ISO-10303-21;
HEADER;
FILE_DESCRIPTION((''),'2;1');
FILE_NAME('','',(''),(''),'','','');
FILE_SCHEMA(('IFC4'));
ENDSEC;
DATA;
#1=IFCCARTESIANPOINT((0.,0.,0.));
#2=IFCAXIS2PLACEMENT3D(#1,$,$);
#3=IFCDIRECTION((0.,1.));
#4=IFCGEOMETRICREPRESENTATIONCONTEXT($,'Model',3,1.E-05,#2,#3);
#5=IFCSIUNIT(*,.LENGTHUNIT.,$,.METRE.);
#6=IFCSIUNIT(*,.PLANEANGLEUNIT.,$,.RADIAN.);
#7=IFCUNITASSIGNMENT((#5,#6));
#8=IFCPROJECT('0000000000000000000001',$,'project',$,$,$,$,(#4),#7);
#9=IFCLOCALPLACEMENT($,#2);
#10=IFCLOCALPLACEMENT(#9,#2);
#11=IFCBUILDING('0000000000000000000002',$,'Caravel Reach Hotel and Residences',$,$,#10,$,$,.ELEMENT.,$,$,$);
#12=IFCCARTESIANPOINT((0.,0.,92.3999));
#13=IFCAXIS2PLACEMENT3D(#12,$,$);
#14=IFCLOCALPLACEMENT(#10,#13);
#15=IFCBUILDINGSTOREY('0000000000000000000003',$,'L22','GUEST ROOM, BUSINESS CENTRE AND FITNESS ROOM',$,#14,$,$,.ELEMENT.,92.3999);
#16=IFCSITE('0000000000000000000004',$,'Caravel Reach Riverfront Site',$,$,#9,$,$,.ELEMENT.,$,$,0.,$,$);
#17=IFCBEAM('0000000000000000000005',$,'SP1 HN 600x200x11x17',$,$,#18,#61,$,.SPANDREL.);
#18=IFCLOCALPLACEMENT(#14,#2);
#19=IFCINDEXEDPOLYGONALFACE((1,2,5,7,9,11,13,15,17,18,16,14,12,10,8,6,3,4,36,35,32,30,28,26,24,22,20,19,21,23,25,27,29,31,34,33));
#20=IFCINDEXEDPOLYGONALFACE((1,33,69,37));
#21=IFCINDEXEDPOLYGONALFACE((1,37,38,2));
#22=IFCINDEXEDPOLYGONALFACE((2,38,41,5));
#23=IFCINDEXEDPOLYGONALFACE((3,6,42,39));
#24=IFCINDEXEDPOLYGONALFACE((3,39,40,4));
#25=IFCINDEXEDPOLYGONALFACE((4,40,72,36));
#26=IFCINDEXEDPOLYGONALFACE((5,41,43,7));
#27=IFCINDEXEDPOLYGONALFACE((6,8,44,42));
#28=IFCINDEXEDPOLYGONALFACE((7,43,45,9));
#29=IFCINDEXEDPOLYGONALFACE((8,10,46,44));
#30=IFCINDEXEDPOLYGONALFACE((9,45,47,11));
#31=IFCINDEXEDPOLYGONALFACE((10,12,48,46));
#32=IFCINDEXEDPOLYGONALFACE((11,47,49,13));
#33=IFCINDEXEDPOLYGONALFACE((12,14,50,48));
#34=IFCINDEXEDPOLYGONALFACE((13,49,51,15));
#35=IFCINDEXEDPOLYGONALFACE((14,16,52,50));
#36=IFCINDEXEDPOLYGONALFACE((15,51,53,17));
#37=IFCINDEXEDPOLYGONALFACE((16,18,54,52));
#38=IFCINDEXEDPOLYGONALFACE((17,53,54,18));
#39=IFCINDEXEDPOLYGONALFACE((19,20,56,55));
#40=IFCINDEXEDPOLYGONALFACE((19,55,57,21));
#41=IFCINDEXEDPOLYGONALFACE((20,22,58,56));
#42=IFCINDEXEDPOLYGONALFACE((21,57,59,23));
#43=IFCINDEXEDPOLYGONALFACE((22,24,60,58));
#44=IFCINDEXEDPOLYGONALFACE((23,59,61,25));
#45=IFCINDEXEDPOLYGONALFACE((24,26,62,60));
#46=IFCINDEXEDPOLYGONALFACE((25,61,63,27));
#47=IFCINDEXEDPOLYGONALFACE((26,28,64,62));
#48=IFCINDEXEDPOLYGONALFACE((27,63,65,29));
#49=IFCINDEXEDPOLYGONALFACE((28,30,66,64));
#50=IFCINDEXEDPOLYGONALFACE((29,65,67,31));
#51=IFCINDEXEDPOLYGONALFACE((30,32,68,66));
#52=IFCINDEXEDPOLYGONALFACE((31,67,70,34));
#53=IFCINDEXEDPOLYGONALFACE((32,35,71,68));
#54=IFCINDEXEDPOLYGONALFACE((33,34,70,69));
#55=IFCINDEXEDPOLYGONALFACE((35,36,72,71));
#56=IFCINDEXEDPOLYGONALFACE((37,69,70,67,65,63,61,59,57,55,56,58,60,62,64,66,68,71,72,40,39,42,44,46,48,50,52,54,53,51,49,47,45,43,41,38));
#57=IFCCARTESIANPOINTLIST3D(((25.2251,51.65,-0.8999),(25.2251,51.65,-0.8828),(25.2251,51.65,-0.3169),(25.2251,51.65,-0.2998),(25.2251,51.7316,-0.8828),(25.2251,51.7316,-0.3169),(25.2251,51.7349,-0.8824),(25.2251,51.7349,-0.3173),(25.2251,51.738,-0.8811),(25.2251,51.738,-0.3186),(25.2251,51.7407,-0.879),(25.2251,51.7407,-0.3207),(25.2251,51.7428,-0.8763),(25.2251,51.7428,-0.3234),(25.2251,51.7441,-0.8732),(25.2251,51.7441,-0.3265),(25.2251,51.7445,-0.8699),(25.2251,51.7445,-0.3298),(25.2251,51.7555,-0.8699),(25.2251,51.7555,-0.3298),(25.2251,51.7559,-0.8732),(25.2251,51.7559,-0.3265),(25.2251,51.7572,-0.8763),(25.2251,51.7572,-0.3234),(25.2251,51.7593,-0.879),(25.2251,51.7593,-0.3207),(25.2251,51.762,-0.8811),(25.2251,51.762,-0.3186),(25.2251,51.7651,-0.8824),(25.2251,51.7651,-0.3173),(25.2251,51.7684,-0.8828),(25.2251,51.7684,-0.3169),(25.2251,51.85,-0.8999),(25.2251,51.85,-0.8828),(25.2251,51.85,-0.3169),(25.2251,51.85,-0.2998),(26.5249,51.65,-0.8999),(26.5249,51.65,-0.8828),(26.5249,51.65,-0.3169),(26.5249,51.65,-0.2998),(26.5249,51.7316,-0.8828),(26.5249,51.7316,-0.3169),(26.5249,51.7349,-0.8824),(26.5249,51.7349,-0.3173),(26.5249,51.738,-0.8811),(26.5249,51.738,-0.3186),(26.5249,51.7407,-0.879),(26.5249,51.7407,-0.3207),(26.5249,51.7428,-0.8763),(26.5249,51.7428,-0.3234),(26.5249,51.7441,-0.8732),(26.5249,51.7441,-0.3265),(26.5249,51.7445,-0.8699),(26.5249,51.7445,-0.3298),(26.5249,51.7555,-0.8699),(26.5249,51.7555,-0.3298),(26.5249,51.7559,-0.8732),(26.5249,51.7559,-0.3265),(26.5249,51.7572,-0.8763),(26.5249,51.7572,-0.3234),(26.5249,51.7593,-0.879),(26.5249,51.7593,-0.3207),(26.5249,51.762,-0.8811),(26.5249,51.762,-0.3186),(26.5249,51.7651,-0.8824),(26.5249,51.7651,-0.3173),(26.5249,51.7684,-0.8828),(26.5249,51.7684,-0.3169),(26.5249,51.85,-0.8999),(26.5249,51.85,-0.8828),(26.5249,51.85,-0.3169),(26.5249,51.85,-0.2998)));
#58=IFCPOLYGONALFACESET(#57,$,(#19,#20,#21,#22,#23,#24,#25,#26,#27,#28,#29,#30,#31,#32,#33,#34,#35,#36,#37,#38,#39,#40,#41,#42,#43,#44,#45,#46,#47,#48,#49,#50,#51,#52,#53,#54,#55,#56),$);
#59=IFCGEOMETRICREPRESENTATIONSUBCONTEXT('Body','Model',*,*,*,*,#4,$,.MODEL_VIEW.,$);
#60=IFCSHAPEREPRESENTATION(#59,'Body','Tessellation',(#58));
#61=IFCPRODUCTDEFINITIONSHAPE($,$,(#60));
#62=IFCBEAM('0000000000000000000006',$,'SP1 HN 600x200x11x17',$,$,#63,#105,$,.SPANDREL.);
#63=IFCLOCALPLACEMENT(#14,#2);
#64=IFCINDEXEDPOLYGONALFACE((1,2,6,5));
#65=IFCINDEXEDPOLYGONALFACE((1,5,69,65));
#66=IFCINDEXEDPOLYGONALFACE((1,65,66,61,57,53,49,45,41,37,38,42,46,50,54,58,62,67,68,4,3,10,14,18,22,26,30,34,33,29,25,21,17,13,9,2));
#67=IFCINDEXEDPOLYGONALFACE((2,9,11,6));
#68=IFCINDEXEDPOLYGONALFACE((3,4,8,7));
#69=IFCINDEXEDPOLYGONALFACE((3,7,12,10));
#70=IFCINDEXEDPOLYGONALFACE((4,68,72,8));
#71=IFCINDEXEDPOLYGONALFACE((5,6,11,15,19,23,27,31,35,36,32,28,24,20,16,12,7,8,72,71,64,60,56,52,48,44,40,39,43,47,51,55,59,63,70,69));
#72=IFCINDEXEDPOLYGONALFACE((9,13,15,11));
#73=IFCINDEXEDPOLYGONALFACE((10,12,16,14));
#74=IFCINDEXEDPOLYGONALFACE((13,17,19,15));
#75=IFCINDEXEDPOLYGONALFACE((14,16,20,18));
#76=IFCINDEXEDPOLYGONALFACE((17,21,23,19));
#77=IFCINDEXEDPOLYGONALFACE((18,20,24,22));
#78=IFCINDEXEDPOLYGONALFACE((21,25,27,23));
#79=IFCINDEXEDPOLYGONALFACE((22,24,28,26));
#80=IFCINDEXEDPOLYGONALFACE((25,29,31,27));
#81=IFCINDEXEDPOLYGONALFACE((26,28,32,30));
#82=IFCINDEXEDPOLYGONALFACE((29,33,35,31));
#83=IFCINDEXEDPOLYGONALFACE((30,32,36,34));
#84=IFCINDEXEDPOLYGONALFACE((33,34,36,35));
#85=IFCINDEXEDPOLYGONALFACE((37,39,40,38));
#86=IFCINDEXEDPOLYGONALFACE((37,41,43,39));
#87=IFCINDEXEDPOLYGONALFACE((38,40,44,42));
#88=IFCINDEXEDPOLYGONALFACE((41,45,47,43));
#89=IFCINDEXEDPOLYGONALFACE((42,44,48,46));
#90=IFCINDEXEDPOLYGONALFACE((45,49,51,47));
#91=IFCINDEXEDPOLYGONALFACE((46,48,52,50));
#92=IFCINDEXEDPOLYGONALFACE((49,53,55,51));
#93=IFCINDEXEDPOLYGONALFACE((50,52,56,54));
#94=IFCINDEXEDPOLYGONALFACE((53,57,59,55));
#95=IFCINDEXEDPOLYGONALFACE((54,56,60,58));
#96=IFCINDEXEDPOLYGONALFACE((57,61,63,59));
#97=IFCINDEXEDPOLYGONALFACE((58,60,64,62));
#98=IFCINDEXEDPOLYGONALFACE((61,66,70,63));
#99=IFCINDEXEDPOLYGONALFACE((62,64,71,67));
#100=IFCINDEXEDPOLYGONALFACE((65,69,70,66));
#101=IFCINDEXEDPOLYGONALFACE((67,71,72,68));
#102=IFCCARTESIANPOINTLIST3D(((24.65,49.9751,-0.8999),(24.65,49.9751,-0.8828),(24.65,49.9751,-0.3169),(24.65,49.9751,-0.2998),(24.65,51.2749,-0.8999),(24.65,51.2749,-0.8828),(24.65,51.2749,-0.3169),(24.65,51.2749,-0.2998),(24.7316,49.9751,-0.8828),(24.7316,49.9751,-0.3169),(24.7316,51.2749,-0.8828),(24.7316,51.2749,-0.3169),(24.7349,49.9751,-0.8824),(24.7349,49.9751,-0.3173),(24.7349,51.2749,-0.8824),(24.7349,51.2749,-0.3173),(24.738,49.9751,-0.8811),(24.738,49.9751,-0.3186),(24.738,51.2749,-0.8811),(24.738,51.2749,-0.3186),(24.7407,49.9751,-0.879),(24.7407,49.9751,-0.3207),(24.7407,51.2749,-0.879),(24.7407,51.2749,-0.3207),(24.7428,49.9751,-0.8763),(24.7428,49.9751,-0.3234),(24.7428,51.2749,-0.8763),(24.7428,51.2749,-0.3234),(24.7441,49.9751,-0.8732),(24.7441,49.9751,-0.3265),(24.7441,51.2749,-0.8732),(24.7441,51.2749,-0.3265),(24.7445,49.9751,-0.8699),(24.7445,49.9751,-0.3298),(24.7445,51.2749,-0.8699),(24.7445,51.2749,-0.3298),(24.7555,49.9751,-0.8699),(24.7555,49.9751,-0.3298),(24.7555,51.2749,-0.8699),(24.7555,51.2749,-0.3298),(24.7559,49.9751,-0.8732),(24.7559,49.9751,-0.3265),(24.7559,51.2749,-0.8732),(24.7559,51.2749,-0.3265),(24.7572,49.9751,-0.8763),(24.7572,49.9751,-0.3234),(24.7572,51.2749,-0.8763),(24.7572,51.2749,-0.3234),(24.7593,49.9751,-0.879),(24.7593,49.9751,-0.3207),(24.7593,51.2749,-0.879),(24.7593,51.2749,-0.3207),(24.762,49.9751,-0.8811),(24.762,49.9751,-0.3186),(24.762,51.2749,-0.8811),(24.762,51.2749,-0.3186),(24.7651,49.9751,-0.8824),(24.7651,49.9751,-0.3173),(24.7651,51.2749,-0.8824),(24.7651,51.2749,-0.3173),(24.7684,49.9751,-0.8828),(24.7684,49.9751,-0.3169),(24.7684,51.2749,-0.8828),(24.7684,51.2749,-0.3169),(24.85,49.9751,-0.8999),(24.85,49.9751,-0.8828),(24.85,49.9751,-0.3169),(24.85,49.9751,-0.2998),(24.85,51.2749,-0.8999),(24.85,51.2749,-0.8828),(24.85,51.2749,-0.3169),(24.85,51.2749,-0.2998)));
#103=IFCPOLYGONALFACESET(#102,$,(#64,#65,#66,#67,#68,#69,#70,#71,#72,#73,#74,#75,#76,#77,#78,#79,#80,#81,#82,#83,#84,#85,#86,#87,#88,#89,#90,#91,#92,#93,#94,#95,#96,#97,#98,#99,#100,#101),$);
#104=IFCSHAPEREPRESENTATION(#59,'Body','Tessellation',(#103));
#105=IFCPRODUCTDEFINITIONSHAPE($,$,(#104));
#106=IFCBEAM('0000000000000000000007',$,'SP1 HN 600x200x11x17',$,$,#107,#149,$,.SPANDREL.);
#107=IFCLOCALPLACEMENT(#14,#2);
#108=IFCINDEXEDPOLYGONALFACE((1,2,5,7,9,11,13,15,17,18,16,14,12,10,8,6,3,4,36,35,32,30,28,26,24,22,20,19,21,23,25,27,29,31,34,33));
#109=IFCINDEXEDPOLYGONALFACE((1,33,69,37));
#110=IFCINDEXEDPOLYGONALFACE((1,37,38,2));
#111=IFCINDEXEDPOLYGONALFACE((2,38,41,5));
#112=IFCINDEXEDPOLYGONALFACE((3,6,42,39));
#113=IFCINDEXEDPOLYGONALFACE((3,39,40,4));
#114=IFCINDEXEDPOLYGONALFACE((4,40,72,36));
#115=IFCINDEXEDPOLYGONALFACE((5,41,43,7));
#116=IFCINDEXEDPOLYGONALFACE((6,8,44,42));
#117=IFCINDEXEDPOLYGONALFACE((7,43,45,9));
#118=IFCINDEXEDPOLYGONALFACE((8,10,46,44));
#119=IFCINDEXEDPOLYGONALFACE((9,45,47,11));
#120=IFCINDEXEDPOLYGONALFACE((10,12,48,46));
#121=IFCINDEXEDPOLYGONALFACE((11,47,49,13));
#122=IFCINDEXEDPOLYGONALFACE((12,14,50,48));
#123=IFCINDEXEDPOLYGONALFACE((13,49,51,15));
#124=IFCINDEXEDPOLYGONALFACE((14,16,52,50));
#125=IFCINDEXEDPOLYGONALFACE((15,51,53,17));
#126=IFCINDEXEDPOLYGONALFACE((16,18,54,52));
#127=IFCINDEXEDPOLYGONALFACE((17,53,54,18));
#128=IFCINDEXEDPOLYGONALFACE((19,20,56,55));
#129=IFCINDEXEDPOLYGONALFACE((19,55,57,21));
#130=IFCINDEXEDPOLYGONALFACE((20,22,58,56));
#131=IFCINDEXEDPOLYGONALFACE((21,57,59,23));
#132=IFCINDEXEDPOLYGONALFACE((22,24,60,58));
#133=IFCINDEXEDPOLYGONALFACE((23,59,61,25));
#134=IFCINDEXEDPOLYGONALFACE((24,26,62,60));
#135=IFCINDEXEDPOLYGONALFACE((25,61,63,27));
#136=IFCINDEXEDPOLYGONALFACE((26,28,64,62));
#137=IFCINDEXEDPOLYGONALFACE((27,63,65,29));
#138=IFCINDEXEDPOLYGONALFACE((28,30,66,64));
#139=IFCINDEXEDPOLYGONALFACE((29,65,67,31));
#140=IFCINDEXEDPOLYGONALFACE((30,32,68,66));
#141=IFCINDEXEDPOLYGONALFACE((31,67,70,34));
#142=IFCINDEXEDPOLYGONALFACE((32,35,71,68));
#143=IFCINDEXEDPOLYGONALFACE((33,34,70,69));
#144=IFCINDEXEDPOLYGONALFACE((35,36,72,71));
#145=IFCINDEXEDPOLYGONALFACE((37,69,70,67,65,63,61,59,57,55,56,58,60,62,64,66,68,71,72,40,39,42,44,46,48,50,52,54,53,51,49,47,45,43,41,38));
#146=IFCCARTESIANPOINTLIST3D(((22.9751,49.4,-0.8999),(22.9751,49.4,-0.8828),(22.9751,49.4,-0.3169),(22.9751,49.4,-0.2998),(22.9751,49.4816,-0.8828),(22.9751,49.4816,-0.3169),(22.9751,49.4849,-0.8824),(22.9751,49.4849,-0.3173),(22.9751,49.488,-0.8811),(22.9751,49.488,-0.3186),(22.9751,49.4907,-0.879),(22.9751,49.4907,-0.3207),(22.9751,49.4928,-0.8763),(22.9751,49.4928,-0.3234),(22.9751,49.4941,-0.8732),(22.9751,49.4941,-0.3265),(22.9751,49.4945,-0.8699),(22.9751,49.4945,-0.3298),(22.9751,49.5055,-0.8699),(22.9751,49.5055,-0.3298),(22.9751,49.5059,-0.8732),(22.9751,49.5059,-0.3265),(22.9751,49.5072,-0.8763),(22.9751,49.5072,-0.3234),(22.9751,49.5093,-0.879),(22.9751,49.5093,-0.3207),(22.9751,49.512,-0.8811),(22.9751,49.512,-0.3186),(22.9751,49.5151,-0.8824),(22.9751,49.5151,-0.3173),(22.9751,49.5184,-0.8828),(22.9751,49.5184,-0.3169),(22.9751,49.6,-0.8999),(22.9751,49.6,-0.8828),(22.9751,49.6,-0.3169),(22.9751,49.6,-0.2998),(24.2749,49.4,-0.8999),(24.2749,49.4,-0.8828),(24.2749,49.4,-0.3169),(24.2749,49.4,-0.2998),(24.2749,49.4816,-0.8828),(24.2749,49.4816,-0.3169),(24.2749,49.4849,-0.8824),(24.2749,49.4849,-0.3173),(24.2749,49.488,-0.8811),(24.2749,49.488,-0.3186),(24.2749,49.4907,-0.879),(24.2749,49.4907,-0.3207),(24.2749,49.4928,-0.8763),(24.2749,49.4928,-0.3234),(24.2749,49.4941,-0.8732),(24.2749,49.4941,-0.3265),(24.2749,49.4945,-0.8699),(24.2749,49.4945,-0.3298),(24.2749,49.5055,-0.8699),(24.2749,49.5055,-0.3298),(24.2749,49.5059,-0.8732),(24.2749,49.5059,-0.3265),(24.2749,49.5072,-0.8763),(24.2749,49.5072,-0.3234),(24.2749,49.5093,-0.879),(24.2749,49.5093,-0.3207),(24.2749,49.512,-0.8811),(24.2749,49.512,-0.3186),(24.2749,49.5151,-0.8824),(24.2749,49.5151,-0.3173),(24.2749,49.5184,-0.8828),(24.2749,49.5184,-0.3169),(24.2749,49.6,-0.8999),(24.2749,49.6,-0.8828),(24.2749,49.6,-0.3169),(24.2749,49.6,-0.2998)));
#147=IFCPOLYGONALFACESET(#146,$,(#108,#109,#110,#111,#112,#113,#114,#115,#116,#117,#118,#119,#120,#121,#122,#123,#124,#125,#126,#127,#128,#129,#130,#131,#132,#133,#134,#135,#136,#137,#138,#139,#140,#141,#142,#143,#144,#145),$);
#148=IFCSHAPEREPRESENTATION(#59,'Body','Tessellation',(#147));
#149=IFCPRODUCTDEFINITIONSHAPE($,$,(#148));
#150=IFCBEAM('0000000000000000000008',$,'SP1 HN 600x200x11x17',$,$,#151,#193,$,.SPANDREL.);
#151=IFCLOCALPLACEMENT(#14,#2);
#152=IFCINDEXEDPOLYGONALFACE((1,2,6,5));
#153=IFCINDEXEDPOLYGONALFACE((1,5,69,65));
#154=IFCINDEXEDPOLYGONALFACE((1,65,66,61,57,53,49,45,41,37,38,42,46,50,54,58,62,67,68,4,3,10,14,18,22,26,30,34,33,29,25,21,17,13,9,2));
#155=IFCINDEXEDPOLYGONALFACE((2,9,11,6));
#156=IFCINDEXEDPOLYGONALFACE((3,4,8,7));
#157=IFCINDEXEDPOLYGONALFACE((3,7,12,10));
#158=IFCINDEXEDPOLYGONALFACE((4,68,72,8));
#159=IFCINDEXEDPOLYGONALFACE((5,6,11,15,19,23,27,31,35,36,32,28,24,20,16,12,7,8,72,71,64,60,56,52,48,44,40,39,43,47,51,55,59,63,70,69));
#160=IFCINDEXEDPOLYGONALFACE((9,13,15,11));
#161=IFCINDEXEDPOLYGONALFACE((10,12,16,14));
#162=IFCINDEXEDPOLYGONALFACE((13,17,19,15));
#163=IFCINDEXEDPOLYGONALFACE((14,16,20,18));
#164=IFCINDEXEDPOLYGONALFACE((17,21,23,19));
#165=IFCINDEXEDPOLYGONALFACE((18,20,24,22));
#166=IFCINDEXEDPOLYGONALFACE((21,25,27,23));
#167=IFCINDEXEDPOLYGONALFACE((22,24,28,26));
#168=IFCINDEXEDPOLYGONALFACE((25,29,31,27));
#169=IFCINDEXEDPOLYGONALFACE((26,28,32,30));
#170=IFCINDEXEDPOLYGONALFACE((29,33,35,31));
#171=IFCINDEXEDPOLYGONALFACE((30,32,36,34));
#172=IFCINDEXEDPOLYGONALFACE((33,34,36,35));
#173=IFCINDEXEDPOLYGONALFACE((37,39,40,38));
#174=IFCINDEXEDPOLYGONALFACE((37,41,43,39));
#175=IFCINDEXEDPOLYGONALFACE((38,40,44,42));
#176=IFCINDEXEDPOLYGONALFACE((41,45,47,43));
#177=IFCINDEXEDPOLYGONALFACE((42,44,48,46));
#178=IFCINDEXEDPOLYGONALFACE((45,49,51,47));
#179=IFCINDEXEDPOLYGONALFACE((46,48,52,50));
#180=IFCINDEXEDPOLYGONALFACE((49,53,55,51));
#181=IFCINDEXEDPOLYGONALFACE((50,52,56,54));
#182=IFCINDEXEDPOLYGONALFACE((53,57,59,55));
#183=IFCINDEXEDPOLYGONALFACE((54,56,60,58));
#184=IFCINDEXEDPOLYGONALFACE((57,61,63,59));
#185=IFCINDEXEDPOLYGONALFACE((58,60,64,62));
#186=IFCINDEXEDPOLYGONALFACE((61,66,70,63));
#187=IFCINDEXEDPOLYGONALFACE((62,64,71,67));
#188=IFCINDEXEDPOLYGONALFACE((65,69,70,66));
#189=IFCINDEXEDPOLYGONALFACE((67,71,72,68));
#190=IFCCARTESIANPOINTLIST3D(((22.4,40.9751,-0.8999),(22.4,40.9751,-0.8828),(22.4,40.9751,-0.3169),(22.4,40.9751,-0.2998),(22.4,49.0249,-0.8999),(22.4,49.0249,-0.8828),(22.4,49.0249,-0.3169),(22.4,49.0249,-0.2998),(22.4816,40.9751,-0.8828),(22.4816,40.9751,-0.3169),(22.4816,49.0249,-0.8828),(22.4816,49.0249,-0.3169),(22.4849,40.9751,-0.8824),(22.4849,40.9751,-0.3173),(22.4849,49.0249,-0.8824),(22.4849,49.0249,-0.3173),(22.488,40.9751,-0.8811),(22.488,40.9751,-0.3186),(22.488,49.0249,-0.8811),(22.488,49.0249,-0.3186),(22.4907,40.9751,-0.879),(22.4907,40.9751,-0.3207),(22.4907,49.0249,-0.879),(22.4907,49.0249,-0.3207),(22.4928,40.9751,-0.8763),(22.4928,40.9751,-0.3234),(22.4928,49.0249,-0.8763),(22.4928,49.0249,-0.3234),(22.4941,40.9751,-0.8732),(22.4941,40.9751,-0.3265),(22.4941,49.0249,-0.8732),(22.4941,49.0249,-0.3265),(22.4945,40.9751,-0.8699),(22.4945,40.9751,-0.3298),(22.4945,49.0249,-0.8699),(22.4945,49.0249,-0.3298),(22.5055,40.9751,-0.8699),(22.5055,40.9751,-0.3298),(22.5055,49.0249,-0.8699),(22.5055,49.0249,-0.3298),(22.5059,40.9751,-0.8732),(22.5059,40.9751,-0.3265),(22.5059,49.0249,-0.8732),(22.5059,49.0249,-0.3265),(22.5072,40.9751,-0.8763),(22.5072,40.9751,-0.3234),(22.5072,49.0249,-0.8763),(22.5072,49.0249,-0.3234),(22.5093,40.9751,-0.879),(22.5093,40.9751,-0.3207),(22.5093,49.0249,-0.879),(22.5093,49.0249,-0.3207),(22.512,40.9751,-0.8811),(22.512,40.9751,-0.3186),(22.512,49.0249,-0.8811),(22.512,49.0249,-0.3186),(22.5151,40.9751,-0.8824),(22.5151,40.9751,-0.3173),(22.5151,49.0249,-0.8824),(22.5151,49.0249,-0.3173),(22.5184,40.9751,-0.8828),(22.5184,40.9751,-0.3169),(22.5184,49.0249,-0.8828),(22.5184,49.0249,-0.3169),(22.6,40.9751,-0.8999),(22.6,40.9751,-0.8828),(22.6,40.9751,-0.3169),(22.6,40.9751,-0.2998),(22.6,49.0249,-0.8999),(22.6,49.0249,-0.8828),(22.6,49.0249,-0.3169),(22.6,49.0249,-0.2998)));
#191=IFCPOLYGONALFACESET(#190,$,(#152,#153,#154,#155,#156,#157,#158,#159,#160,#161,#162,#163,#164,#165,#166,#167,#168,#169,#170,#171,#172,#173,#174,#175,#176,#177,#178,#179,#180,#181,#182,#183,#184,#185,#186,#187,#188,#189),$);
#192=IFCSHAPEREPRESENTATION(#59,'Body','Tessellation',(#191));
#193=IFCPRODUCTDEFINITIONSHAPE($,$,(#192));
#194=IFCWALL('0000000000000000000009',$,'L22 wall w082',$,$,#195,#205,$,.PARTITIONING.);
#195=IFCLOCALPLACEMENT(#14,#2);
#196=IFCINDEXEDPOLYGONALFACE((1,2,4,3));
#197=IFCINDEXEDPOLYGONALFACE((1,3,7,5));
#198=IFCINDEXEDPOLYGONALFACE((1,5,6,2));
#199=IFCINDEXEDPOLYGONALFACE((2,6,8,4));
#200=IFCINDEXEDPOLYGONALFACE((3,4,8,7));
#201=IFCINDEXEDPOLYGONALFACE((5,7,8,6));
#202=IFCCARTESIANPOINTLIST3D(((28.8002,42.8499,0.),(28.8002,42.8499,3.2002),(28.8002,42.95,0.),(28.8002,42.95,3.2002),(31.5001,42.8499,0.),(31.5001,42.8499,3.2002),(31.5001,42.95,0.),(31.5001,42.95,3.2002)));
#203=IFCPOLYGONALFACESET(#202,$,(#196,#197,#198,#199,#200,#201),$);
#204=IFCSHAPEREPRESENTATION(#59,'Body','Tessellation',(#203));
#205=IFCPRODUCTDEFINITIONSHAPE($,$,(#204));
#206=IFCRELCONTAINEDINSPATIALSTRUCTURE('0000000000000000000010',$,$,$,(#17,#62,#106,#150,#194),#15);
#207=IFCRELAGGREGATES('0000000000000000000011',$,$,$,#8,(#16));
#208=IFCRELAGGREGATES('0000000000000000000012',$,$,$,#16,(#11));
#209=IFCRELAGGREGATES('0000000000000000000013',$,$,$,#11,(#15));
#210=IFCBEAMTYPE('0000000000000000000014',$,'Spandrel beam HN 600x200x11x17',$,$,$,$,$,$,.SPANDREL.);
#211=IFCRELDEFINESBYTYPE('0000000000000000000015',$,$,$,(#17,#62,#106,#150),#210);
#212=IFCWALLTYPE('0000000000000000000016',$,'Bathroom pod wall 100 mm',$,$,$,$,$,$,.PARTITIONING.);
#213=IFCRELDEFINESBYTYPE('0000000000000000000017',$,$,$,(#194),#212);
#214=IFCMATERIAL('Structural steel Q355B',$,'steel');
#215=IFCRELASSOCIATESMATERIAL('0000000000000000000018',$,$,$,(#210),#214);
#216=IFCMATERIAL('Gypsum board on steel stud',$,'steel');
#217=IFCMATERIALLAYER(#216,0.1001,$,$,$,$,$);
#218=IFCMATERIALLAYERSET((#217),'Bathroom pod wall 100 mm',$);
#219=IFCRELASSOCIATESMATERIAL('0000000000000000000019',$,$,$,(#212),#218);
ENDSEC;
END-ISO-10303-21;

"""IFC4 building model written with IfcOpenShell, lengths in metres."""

from ifc_helpers import new_model, si_unit, direction, frame, frame_2d, origin, origin_2d, place, context, subcontext, project, spatial, rectangle, i_section, extrude, material, layer, layer_set, material_profile, profile_set, type_object, element, save


model = new_model("IFC4")

# Units and contexts
model_context = context("Model", 3, precision=1e-05, world=origin(), true_north=direction((0.0, 1.0)))
body_context = subcontext(model_context, "Body", "Model", "MODEL_VIEW")
ifc_project = project(units=[si_unit("LENGTHUNIT", "METRE"), si_unit("PLANEANGLEUNIT", "RADIAN")], contexts=[model_context])

# Site, building, storey
site_placement = place(None, origin())
site = spatial("IfcSite", under=ifc_project, at=site_placement, Name="Caravel Reach Riverfront Site", CompositionType="ELEMENT", RefElevation=0.0)
building_placement = place(site_placement, origin())
building = spatial("IfcBuilding", under=site, at=building_placement, Name="Caravel Reach Hotel and Residences", CompositionType="ELEMENT")
storey_placement = place(building_placement, frame((0.0, 0.0, 92.3999)))
storey = spatial("IfcBuildingStorey", under=building, at=storey_placement, Name="L22", Description="GUEST ROOM, BUSINESS CENTRE AND FITNESS ROOM", CompositionType="ELEMENT", Elevation=92.3999)

# Beams
ifc_material_1 = material(Name="Structural steel Q355B", Category="steel")
ifc_material_profile_1 = material_profile(ifc_material_1, i_section(OverallWidth=0.2, OverallDepth=0.6001, WebThickness=0.011, FlangeThickness=0.0171, FilletRadius=0.0129, at=origin_2d()), Name="HN 600x200x11x17")
ifc_profile_set_1 = profile_set([ifc_material_profile_1], Name="Structural steel Q355B")
beam_type_1 = type_object("IfcBeamType", Name="Spandrel beam HN 600x200x11x17", PredefinedType="SPANDREL", material=ifc_profile_set_1)
for number, where, z_axis, x_axis, name in (
    (1, (26.5249, 51.75, -0.5999), (-1.0, 0.0, 0.0), (0.0, -1.0, 0.0), "SP1 HN 600x200x11x17"),
    (2, (24.75, 51.2749, -0.5999), (0.0, -1.0, 0.0), (1.0, 0.0, 0.0), "SP1 HN 600x200x11x17"),
    (3, (24.2749, 49.5, -0.5999), (-1.0, 0.0, 0.0), (0.0, -1.0, 0.0), "SP1 HN 600x200x11x17"),
):
    element("IfcBeam", number, at=place(storey_placement, frame(where, z_axis=z_axis, x_axis=x_axis)), inside=storey, type_object=beam_type_1, Name=name, PredefinedType="SPANDREL", context=body_context, shape_type="SweptSolid", body=[
        extrude(i_section(OverallWidth=0.2, OverallDepth=0.6001, WebThickness=0.011, FlangeThickness=0.0171, FilletRadius=0.0129, at=origin_2d()), origin(), (0.0, 0.0, 1.0), 1.2998),
    ])
beam_1_placement = place(storey_placement, frame((22.5, 49.0249, -0.5999), z_axis=(0.0, -1.0, 0.0), x_axis=(1.0, 0.0, 0.0)))
element("IfcBeam", 4, at=beam_1_placement, inside=storey, type_object=beam_type_1, Name="SP1 HN 600x200x11x17", PredefinedType="SPANDREL", context=body_context, shape_type="SweptSolid", body=[
    extrude(i_section(OverallWidth=0.2, OverallDepth=0.6001, WebThickness=0.011, FlangeThickness=0.0171, FilletRadius=0.0129, at=origin_2d()), origin(), (0.0, 0.0, 1.0), 8.0498),
])

# Wall
ifc_material_2 = material(Name="Gypsum board on steel stud", Category="steel")
ifc_layer_1 = layer(ifc_material_2, 0.1001)
ifc_layer_set_1 = layer_set([ifc_layer_1], Name="Bathroom pod wall 100 mm")
wall_type_1 = type_object("IfcWallType", Name="Bathroom pod wall 100 mm", PredefinedType="PARTITIONING", material=ifc_layer_set_1)
wall_1_placement = place(storey_placement, frame((28.8, 42.8999, 0.0), z_axis=(0.0, 0.0, 1.0), x_axis=(1.0, 0.0, 0.0)))
element("IfcWall", 5, at=wall_1_placement, inside=storey, type_object=wall_type_1, Name="L22 wall w082", PredefinedType="PARTITIONING", context=body_context, shape_type="SweptSolid", body=[
    extrude(rectangle(XDim=2.7, YDim=0.1001, at=frame_2d((1.3501, 0.0))), origin(), (0.0, 0.0, 1.0), 3.2002),
])

save(model, "model.ifc")
